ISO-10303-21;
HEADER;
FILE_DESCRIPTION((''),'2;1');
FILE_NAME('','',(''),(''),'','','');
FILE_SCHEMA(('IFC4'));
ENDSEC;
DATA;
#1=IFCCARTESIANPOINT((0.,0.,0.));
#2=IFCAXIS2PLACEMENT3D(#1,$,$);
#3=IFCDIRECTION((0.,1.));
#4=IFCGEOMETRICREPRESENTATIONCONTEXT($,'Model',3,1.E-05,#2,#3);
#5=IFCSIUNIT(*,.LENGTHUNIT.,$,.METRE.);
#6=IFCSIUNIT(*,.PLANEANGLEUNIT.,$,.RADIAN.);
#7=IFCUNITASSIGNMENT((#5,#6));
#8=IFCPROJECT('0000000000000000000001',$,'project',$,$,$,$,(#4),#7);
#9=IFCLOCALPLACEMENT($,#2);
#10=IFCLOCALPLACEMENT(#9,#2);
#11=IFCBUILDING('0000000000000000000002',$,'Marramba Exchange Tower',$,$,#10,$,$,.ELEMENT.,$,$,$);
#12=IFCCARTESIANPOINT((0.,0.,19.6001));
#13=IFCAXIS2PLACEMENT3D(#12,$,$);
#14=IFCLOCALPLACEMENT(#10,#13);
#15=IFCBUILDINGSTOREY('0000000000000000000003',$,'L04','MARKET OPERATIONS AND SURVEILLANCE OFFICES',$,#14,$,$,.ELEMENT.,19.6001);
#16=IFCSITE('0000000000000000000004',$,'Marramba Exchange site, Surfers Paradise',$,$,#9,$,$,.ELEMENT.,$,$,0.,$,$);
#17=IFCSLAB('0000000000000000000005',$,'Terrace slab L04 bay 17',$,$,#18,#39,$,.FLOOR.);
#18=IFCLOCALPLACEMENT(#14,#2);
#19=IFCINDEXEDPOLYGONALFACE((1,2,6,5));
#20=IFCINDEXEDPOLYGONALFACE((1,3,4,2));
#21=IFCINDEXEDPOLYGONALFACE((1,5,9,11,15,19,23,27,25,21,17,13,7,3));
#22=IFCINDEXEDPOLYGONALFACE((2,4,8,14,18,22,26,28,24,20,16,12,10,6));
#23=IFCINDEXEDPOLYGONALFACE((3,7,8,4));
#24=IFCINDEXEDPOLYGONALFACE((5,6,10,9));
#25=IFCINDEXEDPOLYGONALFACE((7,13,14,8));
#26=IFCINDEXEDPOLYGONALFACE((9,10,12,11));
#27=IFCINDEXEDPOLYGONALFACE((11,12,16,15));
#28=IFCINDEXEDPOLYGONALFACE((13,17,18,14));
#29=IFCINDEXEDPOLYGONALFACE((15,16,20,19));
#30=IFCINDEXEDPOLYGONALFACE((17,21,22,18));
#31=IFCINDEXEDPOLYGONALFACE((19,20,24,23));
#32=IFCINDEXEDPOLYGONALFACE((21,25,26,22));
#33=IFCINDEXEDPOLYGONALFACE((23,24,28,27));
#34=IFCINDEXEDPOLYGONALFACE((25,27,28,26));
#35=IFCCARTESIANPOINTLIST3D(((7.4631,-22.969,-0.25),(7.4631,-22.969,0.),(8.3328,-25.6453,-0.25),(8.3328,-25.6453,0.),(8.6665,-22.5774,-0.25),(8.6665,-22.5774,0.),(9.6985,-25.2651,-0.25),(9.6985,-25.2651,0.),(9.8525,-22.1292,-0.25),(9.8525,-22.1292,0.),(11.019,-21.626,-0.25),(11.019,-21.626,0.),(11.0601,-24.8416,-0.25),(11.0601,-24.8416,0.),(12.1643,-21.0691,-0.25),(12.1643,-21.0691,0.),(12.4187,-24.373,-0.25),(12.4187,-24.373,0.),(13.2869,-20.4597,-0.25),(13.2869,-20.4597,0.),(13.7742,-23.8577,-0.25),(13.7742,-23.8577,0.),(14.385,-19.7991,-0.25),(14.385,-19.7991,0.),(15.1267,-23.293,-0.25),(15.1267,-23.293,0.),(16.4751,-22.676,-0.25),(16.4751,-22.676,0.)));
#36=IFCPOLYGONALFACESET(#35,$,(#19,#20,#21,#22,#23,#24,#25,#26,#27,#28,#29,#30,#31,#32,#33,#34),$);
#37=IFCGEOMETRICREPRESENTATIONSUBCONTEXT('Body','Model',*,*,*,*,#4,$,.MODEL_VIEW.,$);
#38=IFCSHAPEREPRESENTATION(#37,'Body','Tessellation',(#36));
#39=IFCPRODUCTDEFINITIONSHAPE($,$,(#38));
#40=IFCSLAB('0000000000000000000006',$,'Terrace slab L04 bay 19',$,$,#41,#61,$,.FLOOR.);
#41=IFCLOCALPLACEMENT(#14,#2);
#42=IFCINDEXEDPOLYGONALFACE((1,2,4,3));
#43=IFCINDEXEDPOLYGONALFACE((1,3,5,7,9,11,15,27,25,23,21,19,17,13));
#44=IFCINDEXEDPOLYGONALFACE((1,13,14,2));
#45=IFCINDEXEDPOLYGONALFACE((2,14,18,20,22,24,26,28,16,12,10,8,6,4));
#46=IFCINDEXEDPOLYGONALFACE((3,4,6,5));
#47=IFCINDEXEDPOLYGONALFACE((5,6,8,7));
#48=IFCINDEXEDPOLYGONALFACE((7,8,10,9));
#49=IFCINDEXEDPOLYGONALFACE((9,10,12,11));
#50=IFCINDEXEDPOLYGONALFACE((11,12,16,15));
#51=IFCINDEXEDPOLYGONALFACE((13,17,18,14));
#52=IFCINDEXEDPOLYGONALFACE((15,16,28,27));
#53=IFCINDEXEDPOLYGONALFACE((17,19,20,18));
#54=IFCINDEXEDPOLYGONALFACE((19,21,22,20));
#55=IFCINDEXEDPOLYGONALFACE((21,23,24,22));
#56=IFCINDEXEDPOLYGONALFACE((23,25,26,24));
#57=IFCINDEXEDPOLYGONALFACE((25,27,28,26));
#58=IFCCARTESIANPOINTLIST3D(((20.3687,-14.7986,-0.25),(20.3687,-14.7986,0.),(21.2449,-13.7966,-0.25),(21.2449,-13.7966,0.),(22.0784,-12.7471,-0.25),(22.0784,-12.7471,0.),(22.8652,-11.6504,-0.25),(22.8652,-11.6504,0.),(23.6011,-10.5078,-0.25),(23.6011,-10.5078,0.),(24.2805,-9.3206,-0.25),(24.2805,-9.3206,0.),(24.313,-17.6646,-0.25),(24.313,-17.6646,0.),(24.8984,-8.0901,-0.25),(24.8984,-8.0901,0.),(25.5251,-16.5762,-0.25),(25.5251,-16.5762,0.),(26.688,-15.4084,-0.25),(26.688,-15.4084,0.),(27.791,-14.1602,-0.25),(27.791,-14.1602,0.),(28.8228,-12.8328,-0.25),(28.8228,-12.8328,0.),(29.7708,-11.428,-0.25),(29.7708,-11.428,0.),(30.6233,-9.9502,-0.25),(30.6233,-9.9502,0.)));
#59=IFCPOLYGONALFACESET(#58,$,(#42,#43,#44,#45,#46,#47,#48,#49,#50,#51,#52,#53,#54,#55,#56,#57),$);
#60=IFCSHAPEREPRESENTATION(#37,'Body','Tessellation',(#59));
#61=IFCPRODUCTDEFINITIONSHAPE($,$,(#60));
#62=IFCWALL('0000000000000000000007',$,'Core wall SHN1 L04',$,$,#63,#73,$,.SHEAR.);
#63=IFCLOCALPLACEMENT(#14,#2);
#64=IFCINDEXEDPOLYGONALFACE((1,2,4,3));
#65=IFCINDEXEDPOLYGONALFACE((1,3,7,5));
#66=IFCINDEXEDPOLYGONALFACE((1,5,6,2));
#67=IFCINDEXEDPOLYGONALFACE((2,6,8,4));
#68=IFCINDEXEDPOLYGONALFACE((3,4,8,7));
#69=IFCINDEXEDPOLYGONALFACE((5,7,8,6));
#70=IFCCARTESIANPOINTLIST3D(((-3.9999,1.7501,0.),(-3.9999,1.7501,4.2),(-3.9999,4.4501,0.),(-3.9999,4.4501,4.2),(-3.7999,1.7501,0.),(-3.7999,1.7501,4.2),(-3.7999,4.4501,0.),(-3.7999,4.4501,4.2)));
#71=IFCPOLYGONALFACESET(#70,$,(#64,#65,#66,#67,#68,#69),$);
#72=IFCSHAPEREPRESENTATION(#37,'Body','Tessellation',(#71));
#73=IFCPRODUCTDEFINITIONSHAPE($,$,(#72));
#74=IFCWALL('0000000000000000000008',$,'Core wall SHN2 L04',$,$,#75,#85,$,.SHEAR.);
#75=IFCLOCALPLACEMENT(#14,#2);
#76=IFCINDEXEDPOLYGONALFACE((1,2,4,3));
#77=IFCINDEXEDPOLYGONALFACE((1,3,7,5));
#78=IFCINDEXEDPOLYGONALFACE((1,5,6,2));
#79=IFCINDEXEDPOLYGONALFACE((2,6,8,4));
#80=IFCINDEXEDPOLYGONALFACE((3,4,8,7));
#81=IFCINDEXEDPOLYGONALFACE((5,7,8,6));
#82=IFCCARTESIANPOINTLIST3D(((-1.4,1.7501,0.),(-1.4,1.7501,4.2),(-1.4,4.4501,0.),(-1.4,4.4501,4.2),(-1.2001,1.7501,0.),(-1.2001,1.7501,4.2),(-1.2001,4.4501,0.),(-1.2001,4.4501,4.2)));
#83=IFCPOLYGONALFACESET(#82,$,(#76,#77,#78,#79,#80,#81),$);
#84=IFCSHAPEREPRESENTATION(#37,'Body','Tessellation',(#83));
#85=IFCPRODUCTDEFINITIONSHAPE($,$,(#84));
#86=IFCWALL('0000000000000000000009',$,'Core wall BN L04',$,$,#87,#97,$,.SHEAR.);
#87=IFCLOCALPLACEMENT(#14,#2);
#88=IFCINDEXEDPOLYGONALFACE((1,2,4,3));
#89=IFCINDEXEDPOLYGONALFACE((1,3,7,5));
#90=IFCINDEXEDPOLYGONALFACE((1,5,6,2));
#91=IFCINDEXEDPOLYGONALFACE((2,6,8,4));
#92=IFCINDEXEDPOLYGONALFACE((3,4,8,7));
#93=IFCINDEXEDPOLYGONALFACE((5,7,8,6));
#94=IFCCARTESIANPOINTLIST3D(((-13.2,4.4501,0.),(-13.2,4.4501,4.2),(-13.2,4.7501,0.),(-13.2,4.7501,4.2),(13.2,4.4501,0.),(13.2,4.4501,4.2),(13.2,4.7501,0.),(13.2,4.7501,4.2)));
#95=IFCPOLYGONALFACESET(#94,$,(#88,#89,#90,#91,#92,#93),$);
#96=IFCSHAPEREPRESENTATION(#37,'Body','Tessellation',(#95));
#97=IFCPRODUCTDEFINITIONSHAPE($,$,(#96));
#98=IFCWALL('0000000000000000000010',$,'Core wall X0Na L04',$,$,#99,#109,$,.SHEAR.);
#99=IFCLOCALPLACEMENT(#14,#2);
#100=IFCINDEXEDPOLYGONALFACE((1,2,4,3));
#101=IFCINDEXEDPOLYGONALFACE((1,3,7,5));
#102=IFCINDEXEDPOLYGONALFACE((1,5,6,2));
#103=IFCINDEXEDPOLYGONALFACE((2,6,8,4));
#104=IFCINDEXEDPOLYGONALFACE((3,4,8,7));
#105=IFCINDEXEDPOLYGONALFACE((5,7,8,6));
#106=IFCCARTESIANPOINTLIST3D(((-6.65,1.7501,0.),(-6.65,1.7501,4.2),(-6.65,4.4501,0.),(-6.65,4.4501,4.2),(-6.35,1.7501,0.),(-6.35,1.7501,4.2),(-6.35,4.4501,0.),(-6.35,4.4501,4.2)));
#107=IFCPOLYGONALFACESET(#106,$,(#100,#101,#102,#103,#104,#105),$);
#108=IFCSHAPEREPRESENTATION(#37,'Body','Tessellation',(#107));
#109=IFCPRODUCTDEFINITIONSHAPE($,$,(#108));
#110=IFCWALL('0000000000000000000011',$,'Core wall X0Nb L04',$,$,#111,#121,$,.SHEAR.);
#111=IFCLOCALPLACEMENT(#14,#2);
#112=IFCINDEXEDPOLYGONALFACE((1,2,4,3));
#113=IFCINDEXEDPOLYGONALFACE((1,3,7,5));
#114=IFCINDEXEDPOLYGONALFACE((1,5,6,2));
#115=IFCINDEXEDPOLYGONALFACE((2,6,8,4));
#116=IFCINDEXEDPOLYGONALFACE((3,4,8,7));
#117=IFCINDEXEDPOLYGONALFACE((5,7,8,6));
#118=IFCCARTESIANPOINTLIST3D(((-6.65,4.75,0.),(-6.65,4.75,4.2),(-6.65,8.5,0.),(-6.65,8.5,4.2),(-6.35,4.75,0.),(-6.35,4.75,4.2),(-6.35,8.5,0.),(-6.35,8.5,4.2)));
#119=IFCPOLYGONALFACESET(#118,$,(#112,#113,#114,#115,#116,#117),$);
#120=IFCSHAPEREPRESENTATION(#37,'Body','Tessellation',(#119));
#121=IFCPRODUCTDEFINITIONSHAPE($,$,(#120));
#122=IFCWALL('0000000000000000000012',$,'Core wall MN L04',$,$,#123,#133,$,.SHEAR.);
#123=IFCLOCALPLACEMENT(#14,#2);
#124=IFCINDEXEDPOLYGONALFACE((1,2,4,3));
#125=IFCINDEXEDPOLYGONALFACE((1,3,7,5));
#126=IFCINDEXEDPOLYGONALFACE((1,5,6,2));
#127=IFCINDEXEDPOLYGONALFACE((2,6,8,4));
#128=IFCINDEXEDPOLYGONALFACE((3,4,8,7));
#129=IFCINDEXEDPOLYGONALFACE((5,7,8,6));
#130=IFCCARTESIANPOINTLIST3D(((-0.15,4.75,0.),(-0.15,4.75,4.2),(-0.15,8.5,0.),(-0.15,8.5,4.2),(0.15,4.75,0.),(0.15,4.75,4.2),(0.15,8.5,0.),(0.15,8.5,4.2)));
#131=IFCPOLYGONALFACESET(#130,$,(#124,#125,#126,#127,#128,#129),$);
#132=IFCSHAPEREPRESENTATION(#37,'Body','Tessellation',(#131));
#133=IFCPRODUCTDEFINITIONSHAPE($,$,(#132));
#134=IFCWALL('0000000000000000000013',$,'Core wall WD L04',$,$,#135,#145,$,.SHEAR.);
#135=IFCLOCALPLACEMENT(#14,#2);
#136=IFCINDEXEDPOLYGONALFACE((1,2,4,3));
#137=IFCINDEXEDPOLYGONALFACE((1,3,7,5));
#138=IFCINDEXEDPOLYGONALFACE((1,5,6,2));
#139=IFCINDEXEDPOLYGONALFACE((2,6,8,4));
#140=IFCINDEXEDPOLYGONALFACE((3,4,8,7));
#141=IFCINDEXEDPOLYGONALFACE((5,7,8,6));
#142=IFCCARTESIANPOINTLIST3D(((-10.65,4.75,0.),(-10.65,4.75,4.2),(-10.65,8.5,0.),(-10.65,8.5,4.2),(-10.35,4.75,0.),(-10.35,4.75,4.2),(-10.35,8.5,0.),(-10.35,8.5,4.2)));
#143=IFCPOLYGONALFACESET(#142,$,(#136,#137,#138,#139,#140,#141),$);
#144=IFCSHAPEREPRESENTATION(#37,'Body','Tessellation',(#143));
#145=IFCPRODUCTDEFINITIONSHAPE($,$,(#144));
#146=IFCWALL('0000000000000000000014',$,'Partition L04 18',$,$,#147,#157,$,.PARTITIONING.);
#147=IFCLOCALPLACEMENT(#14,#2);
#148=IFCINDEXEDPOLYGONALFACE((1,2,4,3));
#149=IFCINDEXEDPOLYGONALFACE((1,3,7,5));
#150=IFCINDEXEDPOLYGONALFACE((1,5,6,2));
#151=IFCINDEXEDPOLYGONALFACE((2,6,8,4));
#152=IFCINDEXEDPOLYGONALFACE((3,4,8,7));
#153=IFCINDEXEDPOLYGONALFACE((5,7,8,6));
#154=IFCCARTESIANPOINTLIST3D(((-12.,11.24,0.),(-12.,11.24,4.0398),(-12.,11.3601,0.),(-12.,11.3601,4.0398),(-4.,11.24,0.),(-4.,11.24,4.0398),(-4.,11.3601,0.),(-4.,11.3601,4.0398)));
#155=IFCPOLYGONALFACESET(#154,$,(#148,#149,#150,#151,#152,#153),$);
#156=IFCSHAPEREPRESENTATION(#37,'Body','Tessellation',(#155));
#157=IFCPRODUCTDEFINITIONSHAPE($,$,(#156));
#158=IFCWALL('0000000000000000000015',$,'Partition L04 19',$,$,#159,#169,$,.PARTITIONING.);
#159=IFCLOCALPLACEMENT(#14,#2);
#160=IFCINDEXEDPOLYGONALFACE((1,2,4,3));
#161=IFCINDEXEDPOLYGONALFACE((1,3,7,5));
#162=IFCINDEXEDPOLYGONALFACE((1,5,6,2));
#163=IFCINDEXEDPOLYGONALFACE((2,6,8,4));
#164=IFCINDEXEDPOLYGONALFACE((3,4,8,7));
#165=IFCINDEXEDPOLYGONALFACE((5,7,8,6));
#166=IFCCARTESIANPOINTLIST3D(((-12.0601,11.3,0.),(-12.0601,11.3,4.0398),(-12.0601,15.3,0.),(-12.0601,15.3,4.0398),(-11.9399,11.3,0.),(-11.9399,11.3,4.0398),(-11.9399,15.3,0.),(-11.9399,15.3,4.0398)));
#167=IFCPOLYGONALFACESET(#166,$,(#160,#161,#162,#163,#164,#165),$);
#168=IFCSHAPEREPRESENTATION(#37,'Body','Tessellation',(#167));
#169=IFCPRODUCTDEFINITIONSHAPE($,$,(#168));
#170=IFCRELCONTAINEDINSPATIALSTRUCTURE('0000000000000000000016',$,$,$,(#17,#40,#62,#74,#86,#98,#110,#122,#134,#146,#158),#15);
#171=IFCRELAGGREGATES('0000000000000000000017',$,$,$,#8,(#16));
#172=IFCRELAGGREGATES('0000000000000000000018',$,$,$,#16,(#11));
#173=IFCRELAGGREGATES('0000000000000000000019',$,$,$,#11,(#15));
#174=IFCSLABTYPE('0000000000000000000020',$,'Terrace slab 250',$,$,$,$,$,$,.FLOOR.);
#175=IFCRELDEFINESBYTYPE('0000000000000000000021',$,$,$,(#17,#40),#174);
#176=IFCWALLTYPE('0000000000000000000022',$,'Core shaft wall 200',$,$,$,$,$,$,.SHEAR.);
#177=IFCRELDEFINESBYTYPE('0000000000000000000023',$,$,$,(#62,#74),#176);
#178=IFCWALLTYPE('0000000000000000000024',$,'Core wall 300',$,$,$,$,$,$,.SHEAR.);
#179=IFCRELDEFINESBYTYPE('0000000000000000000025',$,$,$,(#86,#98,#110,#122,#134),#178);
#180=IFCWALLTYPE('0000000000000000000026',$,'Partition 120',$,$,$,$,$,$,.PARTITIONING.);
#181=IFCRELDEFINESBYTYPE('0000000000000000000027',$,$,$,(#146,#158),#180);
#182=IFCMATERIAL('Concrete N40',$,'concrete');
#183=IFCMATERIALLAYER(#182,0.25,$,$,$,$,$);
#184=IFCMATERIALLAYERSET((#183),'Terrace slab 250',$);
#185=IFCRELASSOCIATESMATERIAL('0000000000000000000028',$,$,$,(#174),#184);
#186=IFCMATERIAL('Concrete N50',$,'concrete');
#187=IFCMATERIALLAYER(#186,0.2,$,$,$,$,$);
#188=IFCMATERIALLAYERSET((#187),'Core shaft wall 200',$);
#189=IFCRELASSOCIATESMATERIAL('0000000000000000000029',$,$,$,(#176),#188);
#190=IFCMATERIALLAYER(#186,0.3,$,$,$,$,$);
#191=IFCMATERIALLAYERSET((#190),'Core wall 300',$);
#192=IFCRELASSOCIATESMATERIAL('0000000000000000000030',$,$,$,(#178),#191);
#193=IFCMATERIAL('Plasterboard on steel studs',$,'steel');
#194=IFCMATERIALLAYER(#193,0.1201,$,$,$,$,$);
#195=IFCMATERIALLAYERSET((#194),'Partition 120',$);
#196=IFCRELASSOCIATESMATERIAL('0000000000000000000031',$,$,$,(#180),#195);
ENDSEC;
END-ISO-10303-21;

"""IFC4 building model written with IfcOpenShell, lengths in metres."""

from ifc_helpers import new_model, si_unit, direction, frame, frame_2d, origin, place, context, subcontext, project, spatial, polyline, rectangle, outline, extrude, material, layer, layer_set, type_object, element, save


model = new_model("IFC4")

# Units and contexts
model_context = context("Model", 3, precision=1e-05, world=origin(), true_north=direction((0.0, 1.0)))
body_context = subcontext(model_context, "Body", "Model", "MODEL_VIEW")
ifc_project = project(units=[si_unit("LENGTHUNIT", "METRE"), si_unit("PLANEANGLEUNIT", "RADIAN")], contexts=[model_context])

# Site, building, storey
site_placement = place(None, origin())
site = spatial("IfcSite", under=ifc_project, at=site_placement, Name="Marramba Exchange site, Surfers Paradise", CompositionType="ELEMENT", RefElevation=0.0)
building_placement = place(site_placement, origin())
building = spatial("IfcBuilding", under=site, at=building_placement, Name="Marramba Exchange Tower", CompositionType="ELEMENT")
storey_placement = place(building_placement, frame((0.0, 0.0, 19.6001)))
storey = spatial("IfcBuildingStorey", under=building, at=storey_placement, Name="L04", Description="MARKET OPERATIONS AND SURVEILLANCE OFFICES", CompositionType="ELEMENT", Elevation=19.6001)

# Slabs
ifc_material_1 = material(Name="Concrete N40", Category="concrete")
ifc_layer_1 = layer(ifc_material_1, 0.25)
ifc_layer_set_1 = layer_set([ifc_layer_1], Name="Terrace slab 250")
slab_type_1 = type_object("IfcSlabType", Name="Terrace slab 250", PredefinedType="FLOOR", material=ifc_layer_set_1)
slab_1_placement = place(storey_placement, frame((0.0, 0.0, -0.25)))
element("IfcSlab", 1, at=slab_1_placement, inside=storey, type_object=slab_type_1, Name="Terrace slab L04 bay 17", PredefinedType="FLOOR", context=body_context, shape_type="SweptSolid", body=[
    extrude(outline(polyline([(16.4751, -22.676), (15.1267, -23.293), (13.7742, -23.8577), (12.4187, -24.373), (11.0601, -24.8416), (9.6985, -25.2651), (8.3328, -25.6453), (7.4631, -22.969), (8.6665, -22.5774), (9.8525, -22.1292), (11.019, -21.626), (12.1643, -21.0691), (13.2869, -20.4597), (14.385, -19.7991), (16.4751, -22.676)])), origin(), (0.0, 0.0, 1.0), 0.25),
])
slab_2_placement = place(storey_placement, frame((0.0, 0.0, -0.25)))
element("IfcSlab", 2, at=slab_2_placement, inside=storey, type_object=slab_type_1, Name="Terrace slab L04 bay 19", PredefinedType="FLOOR", context=body_context, shape_type="SweptSolid", body=[
    extrude(outline(polyline([(30.6233, -9.9502), (29.7708, -11.428), (28.8228, -12.8328), (27.791, -14.1602), (26.688, -15.4084), (25.5251, -16.5762), (24.313, -17.6646), (20.3687, -14.7986), (21.2449, -13.7966), (22.0784, -12.7471), (22.8652, -11.6504), (23.6011, -10.5078), (24.2805, -9.3206), (24.8984, -8.0901), (30.6233, -9.9502)])), origin(), (0.0, 0.0, 1.0), 0.25),
])

# Walls
ifc_material_2 = material(Name="Concrete N50", Category="concrete")
ifc_layer_2 = layer(ifc_material_2, 0.2)
ifc_layer_set_2 = layer_set([ifc_layer_2], Name="Core shaft wall 200")
wall_type_1 = type_object("IfcWallType", Name="Core shaft wall 200", PredefinedType="SHEAR", material=ifc_layer_set_2)
for number, where, z_axis, x_axis, name in (
    (3, (-3.8999, 1.75, 0.0), (0.0, 0.0, 1.0), (0.0, 1.0, 0.0), "Core wall SHN1 L04"),
    (4, (-1.3, 1.75, 0.0), (0.0, 0.0, 1.0), (0.0, 1.0, 0.0), "Core wall SHN2 L04"),
):
    element("IfcWall", number, at=place(storey_placement, frame(where, z_axis=z_axis, x_axis=x_axis)), inside=storey, type_object=wall_type_1, Name=name, PredefinedType="SHEAR", context=body_context, shape_type="SweptSolid", body=[
        extrude(rectangle(XDim=2.7, YDim=0.2, at=frame_2d((1.3501, 0.0))), origin(), (0.0, 0.0, 1.0), 4.2),
    ])
ifc_layer_3 = layer(ifc_material_2, 0.3)
ifc_layer_set_3 = layer_set([ifc_layer_3], Name="Core wall 300")
wall_type_2 = type_object("IfcWallType", Name="Core wall 300", PredefinedType="SHEAR", material=ifc_layer_set_3)
wall_1_placement = place(storey_placement, frame((-13.2, 4.6001, 0.0), z_axis=(0.0, 0.0, 1.0), x_axis=(1.0, 0.0, 0.0)))
element("IfcWall", 5, at=wall_1_placement, inside=storey, type_object=wall_type_2, Name="Core wall BN L04", PredefinedType="SHEAR", context=body_context, shape_type="SweptSolid", body=[
    extrude(rectangle(XDim=26.3999, YDim=0.3, at=frame_2d((13.2, 0.0))), origin(), (0.0, 0.0, 1.0), 4.2),
])
wall_2_placement = place(storey_placement, frame((-6.5, 1.75, 0.0), z_axis=(0.0, 0.0, 1.0), x_axis=(0.0, 1.0, 0.0)))
element("IfcWall", 6, at=wall_2_placement, inside=storey, type_object=wall_type_2, Name="Core wall X0Na L04", PredefinedType="SHEAR", context=body_context, shape_type="SweptSolid", body=[
    extrude(rectangle(XDim=2.7, YDim=0.3, at=frame_2d((1.3501, 0.0))), origin(), (0.0, 0.0, 1.0), 4.2),
])
for number, where, z_axis, x_axis, name in (
    (7, (-6.5, 4.75, 0.0), (0.0, 0.0, 1.0), (0.0, 1.0, 0.0), "Core wall X0Nb L04"),
    (8, (0.0, 4.75, 0.0), (0.0, 0.0, 1.0), (0.0, 1.0, 0.0), "Core wall MN L04"),
    (9, (-10.5, 4.75, 0.0), (0.0, 0.0, 1.0), (0.0, 1.0, 0.0), "Core wall WD L04"),
):
    element("IfcWall", number, at=place(storey_placement, frame(where, z_axis=z_axis, x_axis=x_axis)), inside=storey, type_object=wall_type_2, Name=name, PredefinedType="SHEAR", context=body_context, shape_type="SweptSolid", body=[
        extrude(rectangle(XDim=3.75, YDim=0.3, at=frame_2d((1.875, 0.0))), origin(), (0.0, 0.0, 1.0), 4.2),
    ])
ifc_material_3 = material(Name="Plasterboard on steel studs", Category="steel")
ifc_layer_4 = layer(ifc_material_3, 0.1201)
ifc_layer_set_4 = layer_set([ifc_layer_4], Name="Partition 120")
wall_type_3 = type_object("IfcWallType", Name="Partition 120", PredefinedType="PARTITIONING", material=ifc_layer_set_4)
wall_3_placement = place(storey_placement, frame((-4.0, 11.3, 0.0), z_axis=(0.0, 0.0, 1.0), x_axis=(-1.0, 0.0, 0.0)))
element("IfcWall", 10, at=wall_3_placement, inside=storey, type_object=wall_type_3, Name="Partition L04 18", PredefinedType="PARTITIONING", context=body_context, shape_type="SweptSolid", body=[
    extrude(rectangle(XDim=8.0, YDim=0.1201, at=frame_2d((4.0, 0.0))), origin(), (0.0, 0.0, 1.0), 4.0398),
])
wall_4_placement = place(storey_placement, frame((-12.0, 11.3, 0.0), z_axis=(0.0, 0.0, 1.0), x_axis=(0.0, 1.0, 0.0)))
element("IfcWall", 11, at=wall_4_placement, inside=storey, type_object=wall_type_3, Name="Partition L04 19", PredefinedType="PARTITIONING", context=body_context, shape_type="SweptSolid", body=[
    extrude(rectangle(XDim=4.0, YDim=0.1201, at=frame_2d((2.0, 0.0))), origin(), (0.0, 0.0, 1.0), 4.0398),
])

save(model, "model.ifc")
